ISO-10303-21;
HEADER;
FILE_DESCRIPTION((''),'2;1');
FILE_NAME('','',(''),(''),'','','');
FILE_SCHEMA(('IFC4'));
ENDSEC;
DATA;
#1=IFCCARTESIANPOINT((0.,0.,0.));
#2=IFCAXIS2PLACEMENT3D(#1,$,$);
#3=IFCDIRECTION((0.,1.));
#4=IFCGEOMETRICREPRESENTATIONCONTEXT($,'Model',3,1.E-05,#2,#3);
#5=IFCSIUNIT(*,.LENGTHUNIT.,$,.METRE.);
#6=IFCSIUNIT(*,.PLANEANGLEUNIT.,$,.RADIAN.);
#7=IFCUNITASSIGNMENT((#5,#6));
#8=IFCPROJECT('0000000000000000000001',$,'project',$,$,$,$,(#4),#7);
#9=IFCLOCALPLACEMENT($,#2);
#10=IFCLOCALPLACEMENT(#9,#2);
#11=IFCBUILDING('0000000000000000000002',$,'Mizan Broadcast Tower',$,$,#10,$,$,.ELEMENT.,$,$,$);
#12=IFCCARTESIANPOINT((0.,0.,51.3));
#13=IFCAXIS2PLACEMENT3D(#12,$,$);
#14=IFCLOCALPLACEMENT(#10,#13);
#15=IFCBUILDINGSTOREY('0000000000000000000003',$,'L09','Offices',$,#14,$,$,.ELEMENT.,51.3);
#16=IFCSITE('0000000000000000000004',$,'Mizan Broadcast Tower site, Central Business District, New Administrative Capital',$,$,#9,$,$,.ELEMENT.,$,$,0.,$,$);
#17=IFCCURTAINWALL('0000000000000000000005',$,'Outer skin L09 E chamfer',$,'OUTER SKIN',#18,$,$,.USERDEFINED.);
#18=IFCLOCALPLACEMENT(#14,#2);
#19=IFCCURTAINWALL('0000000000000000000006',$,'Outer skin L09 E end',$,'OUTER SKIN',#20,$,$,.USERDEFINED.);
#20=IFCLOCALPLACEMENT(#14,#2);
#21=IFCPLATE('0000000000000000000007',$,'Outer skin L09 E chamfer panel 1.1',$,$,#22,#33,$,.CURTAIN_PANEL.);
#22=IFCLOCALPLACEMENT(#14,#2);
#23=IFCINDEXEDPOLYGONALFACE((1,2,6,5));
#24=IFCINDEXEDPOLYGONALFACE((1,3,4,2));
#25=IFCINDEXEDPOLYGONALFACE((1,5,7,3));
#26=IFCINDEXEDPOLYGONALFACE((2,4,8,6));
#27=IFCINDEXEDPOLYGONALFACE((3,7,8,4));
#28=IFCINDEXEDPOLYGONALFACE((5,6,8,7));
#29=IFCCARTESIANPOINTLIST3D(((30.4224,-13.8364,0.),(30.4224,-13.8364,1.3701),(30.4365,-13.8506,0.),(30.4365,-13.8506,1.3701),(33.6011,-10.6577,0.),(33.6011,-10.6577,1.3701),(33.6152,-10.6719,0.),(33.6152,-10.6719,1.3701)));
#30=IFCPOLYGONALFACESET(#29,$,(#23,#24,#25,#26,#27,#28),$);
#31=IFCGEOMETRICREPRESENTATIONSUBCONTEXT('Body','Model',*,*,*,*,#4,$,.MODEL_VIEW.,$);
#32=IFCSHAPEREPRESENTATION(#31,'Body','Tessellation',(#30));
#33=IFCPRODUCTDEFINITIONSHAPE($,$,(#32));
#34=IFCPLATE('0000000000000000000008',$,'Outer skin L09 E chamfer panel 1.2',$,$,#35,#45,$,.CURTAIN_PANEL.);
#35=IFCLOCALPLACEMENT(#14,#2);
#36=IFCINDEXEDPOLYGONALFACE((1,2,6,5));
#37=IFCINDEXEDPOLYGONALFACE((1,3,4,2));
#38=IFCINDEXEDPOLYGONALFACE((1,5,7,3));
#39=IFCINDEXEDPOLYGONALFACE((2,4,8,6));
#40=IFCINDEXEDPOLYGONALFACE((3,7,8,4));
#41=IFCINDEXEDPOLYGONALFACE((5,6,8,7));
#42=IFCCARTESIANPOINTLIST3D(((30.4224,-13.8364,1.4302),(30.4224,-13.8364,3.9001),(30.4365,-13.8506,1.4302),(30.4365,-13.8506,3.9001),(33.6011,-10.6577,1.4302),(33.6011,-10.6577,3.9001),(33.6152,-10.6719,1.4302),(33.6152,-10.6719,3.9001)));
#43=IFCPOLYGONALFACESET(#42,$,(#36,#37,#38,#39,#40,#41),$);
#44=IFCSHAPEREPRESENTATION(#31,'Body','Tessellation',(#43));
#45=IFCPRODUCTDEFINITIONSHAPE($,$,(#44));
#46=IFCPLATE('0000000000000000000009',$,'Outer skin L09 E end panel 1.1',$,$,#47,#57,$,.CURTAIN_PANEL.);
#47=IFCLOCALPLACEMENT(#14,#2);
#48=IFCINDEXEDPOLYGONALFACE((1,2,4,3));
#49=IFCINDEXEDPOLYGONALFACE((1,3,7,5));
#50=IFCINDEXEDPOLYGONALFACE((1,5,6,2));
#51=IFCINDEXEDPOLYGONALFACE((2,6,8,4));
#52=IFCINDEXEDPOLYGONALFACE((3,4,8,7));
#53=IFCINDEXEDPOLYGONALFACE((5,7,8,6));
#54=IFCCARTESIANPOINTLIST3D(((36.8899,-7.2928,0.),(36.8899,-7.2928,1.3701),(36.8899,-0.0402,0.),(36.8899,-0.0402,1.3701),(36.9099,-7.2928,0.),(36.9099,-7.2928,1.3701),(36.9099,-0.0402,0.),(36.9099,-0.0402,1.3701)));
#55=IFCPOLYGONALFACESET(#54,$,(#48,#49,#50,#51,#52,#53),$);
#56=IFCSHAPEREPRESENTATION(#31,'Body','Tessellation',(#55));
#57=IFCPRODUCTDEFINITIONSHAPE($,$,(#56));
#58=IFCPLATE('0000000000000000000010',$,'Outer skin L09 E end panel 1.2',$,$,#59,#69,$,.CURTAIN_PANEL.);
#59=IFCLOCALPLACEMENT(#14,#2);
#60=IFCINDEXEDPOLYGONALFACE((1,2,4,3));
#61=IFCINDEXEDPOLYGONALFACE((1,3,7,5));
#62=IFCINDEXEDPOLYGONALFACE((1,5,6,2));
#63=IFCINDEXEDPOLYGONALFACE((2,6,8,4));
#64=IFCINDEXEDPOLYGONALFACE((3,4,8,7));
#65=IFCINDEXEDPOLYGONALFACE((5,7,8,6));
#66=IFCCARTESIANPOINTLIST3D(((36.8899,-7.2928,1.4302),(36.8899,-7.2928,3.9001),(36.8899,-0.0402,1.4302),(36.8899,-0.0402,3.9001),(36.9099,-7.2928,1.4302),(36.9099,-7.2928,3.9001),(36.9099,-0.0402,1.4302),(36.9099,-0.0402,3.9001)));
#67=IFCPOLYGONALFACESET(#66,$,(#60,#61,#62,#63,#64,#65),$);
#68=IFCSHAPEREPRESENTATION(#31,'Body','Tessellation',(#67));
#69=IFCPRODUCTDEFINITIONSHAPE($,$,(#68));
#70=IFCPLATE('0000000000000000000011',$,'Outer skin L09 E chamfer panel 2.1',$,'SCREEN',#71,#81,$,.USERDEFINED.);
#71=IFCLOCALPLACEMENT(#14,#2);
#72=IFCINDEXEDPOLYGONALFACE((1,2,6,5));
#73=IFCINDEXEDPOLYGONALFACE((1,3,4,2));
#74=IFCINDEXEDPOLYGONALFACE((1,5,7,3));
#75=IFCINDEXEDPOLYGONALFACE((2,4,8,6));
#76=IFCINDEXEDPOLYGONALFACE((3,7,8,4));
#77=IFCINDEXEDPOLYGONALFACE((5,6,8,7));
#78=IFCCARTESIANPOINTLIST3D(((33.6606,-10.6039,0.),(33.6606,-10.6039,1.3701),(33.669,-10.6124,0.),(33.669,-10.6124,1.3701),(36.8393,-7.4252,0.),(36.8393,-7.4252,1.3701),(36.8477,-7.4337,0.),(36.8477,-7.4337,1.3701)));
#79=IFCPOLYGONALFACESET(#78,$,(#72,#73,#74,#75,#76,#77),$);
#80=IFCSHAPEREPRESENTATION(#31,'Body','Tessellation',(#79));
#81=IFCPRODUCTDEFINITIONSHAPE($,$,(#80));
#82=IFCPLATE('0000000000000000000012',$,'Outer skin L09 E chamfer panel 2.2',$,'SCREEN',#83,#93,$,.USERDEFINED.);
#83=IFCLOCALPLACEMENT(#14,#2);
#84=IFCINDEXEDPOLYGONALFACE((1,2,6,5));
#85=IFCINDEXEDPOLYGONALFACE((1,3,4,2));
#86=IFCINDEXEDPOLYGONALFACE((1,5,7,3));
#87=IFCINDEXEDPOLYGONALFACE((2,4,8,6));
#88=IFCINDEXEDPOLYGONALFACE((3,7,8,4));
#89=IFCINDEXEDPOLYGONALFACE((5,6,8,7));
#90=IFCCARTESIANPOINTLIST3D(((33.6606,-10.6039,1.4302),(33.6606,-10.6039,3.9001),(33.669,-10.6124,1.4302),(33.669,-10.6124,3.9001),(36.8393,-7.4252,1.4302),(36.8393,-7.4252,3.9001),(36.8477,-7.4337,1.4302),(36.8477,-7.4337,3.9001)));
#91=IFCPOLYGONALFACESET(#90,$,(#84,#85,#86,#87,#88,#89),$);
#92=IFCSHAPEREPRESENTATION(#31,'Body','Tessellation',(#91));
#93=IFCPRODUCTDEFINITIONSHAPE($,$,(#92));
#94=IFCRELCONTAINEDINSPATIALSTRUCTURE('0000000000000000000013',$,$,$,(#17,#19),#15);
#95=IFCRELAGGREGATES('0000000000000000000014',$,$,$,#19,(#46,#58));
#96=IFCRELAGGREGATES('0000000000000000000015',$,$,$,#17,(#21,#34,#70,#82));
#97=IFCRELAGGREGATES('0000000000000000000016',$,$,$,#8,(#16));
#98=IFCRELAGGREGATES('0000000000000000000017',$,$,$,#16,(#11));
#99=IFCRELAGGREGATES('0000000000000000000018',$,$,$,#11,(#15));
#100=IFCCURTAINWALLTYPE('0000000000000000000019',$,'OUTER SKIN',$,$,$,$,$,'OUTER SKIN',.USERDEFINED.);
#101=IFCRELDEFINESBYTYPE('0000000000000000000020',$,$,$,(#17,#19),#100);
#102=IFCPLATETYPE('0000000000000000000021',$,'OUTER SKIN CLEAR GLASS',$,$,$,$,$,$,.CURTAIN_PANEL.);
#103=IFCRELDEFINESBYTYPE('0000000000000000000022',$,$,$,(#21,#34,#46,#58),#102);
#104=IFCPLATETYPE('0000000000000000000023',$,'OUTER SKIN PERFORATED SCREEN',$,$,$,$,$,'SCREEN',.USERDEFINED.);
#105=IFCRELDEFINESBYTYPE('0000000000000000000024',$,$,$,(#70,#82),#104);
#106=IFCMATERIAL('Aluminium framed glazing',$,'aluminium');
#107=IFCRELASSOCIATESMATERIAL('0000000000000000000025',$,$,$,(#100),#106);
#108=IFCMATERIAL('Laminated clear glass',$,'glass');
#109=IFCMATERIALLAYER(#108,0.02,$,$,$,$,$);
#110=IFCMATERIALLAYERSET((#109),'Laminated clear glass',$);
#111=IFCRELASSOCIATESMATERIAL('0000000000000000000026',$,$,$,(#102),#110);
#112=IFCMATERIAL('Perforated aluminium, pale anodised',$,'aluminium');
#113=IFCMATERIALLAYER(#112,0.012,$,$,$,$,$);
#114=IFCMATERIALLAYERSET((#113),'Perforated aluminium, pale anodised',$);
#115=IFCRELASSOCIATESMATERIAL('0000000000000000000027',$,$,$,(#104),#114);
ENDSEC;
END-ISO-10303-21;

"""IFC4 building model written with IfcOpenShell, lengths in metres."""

from ifc_helpers import new_model, si_unit, direction, frame, origin, origin_2d, place, context, subcontext, project, spatial, rectangle, extrude, material, layer, layer_set, type_object, element, aggregate, save


model = new_model("IFC4")

# Units and contexts
model_context = context("Model", 3, precision=1e-05, world=origin(), true_north=direction((0.0, 1.0)))
body_context = subcontext(model_context, "Body", "Model", "MODEL_VIEW")
ifc_project = project(units=[si_unit("LENGTHUNIT", "METRE"), si_unit("PLANEANGLEUNIT", "RADIAN")], contexts=[model_context])

# Site, building, storey
site_placement = place(None, origin())
site = spatial("IfcSite", under=ifc_project, at=site_placement, Name="Mizan Broadcast Tower site, Central Business District, New Administrative Capital", CompositionType="ELEMENT", RefElevation=0.0)
building_placement = place(site_placement, origin())
building = spatial("IfcBuilding", under=site, at=building_placement, Name="Mizan Broadcast Tower", CompositionType="ELEMENT")
storey_placement = place(building_placement, frame((0.0, 0.0, 51.3)))
storey = spatial("IfcBuildingStorey", under=building, at=storey_placement, Name="L09", Description="Offices", CompositionType="ELEMENT", Elevation=51.3)

# Curtain wall
ifc_material_1 = material(Name="Aluminium framed glazing", Category="aluminium")
curtain_wall_type_1 = type_object("IfcCurtainWallType", Name="OUTER SKIN", ElementType="OUTER SKIN", PredefinedType="USERDEFINED", material=ifc_material_1)
curtain_wall_1_placement = place(storey_placement, origin())
curtain_wall_1 = element("IfcCurtainWall", 1, at=curtain_wall_1_placement, inside=storey, type_object=curtain_wall_type_1, Name="Outer skin L09 E chamfer", ObjectType="OUTER SKIN", PredefinedType="USERDEFINED")

# Curtain wall
curtain_wall_2_placement = place(storey_placement, origin())
curtain_wall_2 = element("IfcCurtainWall", 2, at=curtain_wall_2_placement, inside=storey, type_object=curtain_wall_type_1, Name="Outer skin L09 E end", ObjectType="OUTER SKIN", PredefinedType="USERDEFINED")

# Plates
ifc_material_2 = material(Name="Laminated clear glass", Category="glass")
ifc_layer_1 = layer(ifc_material_2, 0.02)
ifc_layer_set_1 = layer_set([ifc_layer_1], Name="Laminated clear glass")
plate_type_1 = type_object("IfcPlateType", Name="OUTER SKIN CLEAR GLASS", PredefinedType="CURTAIN_PANEL", material=ifc_layer_set_1)
plate_1_placement = place(storey_placement, frame((32.0188, -12.2542, 0.0), z_axis=(0.0, 0.0, 1.0), x_axis=(0.707107, 0.707107, 0.0)))
plate_1 = element("IfcPlate", 3, at=plate_1_placement, type_object=plate_type_1, Name="Outer skin L09 E chamfer panel 1.1", PredefinedType="CURTAIN_PANEL", context=body_context, shape_type="SweptSolid", body=[
    extrude(rectangle(XDim=4.4954, YDim=0.02, at=origin_2d()), origin(), (0.0, 0.0, 1.0), 1.3701),
])
plate_2_placement = place(storey_placement, frame((32.0188, -12.2542, 1.4302), z_axis=(0.0, 0.0, 1.0), x_axis=(0.707107, 0.707107, 0.0)))
plate_2 = element("IfcPlate", 4, at=plate_2_placement, type_object=plate_type_1, Name="Outer skin L09 E chamfer panel 1.2", PredefinedType="CURTAIN_PANEL", context=body_context, shape_type="SweptSolid", body=[
    extrude(rectangle(XDim=4.4954, YDim=0.02, at=origin_2d()), origin(), (0.0, 0.0, 1.0), 2.47),
])
plate_3_placement = place(storey_placement, frame((36.8999, -3.6665, 0.0), z_axis=(0.0, 0.0, 1.0), x_axis=(0.0, 1.0, 0.0)))
plate_3 = element("IfcPlate", 5, at=plate_3_placement, type_object=plate_type_1, Name="Outer skin L09 E end panel 1.1", PredefinedType="CURTAIN_PANEL", context=body_context, shape_type="SweptSolid", body=[
    extrude(rectangle(XDim=7.2527, YDim=0.02, at=origin_2d()), origin(), (0.0, 0.0, 1.0), 1.3701),
])
plate_4_placement = place(storey_placement, frame((36.8999, -3.6665, 1.4302), z_axis=(0.0, 0.0, 1.0), x_axis=(0.0, 1.0, 0.0)))
plate_4 = element("IfcPlate", 6, at=plate_4_placement, type_object=plate_type_1, Name="Outer skin L09 E end panel 1.2", PredefinedType="CURTAIN_PANEL", context=body_context, shape_type="SweptSolid", body=[
    extrude(rectangle(XDim=7.2527, YDim=0.02, at=origin_2d()), origin(), (0.0, 0.0, 1.0), 2.47),
])
aggregate(curtain_wall_2, [plate_3, plate_4])
ifc_material_3 = material(Name="Perforated aluminium, pale anodised", Category="aluminium")
ifc_layer_2 = layer(ifc_material_3, 0.012)
ifc_layer_set_2 = layer_set([ifc_layer_2], Name="Perforated aluminium, pale anodised")
plate_type_2 = type_object("IfcPlateType", Name="OUTER SKIN PERFORATED SCREEN", ElementType="SCREEN", PredefinedType="USERDEFINED", material=ifc_layer_set_2)
plate_5_placement = place(storey_placement, frame((35.2542, -9.0188, 0.0), z_axis=(0.0, 0.0, 1.0), x_axis=(0.707107, 0.707107, 0.0)))
plate_5 = element("IfcPlate", 7, at=plate_5_placement, type_object=plate_type_2, Name="Outer skin L09 E chamfer panel 2.1", ObjectType="SCREEN", PredefinedType="USERDEFINED", context=body_context, shape_type="SweptSolid", body=[
    extrude(rectangle(XDim=4.4954, YDim=0.012, at=origin_2d()), origin(), (0.0, 0.0, 1.0), 1.3701),
])
plate_6_placement = place(storey_placement, frame((35.2542, -9.0188, 1.4302), z_axis=(0.0, 0.0, 1.0), x_axis=(0.707107, 0.707107, 0.0)))
plate_6 = element("IfcPlate", 8, at=plate_6_placement, type_object=plate_type_2, Name="Outer skin L09 E chamfer panel 2.2", ObjectType="SCREEN", PredefinedType="USERDEFINED", context=body_context, shape_type="SweptSolid", body=[
    extrude(rectangle(XDim=4.4954, YDim=0.012, at=origin_2d()), origin(), (0.0, 0.0, 1.0), 2.47),
])
aggregate(curtain_wall_1, [plate_1, plate_2, plate_5, plate_6])

save(model, "model.ifc")
